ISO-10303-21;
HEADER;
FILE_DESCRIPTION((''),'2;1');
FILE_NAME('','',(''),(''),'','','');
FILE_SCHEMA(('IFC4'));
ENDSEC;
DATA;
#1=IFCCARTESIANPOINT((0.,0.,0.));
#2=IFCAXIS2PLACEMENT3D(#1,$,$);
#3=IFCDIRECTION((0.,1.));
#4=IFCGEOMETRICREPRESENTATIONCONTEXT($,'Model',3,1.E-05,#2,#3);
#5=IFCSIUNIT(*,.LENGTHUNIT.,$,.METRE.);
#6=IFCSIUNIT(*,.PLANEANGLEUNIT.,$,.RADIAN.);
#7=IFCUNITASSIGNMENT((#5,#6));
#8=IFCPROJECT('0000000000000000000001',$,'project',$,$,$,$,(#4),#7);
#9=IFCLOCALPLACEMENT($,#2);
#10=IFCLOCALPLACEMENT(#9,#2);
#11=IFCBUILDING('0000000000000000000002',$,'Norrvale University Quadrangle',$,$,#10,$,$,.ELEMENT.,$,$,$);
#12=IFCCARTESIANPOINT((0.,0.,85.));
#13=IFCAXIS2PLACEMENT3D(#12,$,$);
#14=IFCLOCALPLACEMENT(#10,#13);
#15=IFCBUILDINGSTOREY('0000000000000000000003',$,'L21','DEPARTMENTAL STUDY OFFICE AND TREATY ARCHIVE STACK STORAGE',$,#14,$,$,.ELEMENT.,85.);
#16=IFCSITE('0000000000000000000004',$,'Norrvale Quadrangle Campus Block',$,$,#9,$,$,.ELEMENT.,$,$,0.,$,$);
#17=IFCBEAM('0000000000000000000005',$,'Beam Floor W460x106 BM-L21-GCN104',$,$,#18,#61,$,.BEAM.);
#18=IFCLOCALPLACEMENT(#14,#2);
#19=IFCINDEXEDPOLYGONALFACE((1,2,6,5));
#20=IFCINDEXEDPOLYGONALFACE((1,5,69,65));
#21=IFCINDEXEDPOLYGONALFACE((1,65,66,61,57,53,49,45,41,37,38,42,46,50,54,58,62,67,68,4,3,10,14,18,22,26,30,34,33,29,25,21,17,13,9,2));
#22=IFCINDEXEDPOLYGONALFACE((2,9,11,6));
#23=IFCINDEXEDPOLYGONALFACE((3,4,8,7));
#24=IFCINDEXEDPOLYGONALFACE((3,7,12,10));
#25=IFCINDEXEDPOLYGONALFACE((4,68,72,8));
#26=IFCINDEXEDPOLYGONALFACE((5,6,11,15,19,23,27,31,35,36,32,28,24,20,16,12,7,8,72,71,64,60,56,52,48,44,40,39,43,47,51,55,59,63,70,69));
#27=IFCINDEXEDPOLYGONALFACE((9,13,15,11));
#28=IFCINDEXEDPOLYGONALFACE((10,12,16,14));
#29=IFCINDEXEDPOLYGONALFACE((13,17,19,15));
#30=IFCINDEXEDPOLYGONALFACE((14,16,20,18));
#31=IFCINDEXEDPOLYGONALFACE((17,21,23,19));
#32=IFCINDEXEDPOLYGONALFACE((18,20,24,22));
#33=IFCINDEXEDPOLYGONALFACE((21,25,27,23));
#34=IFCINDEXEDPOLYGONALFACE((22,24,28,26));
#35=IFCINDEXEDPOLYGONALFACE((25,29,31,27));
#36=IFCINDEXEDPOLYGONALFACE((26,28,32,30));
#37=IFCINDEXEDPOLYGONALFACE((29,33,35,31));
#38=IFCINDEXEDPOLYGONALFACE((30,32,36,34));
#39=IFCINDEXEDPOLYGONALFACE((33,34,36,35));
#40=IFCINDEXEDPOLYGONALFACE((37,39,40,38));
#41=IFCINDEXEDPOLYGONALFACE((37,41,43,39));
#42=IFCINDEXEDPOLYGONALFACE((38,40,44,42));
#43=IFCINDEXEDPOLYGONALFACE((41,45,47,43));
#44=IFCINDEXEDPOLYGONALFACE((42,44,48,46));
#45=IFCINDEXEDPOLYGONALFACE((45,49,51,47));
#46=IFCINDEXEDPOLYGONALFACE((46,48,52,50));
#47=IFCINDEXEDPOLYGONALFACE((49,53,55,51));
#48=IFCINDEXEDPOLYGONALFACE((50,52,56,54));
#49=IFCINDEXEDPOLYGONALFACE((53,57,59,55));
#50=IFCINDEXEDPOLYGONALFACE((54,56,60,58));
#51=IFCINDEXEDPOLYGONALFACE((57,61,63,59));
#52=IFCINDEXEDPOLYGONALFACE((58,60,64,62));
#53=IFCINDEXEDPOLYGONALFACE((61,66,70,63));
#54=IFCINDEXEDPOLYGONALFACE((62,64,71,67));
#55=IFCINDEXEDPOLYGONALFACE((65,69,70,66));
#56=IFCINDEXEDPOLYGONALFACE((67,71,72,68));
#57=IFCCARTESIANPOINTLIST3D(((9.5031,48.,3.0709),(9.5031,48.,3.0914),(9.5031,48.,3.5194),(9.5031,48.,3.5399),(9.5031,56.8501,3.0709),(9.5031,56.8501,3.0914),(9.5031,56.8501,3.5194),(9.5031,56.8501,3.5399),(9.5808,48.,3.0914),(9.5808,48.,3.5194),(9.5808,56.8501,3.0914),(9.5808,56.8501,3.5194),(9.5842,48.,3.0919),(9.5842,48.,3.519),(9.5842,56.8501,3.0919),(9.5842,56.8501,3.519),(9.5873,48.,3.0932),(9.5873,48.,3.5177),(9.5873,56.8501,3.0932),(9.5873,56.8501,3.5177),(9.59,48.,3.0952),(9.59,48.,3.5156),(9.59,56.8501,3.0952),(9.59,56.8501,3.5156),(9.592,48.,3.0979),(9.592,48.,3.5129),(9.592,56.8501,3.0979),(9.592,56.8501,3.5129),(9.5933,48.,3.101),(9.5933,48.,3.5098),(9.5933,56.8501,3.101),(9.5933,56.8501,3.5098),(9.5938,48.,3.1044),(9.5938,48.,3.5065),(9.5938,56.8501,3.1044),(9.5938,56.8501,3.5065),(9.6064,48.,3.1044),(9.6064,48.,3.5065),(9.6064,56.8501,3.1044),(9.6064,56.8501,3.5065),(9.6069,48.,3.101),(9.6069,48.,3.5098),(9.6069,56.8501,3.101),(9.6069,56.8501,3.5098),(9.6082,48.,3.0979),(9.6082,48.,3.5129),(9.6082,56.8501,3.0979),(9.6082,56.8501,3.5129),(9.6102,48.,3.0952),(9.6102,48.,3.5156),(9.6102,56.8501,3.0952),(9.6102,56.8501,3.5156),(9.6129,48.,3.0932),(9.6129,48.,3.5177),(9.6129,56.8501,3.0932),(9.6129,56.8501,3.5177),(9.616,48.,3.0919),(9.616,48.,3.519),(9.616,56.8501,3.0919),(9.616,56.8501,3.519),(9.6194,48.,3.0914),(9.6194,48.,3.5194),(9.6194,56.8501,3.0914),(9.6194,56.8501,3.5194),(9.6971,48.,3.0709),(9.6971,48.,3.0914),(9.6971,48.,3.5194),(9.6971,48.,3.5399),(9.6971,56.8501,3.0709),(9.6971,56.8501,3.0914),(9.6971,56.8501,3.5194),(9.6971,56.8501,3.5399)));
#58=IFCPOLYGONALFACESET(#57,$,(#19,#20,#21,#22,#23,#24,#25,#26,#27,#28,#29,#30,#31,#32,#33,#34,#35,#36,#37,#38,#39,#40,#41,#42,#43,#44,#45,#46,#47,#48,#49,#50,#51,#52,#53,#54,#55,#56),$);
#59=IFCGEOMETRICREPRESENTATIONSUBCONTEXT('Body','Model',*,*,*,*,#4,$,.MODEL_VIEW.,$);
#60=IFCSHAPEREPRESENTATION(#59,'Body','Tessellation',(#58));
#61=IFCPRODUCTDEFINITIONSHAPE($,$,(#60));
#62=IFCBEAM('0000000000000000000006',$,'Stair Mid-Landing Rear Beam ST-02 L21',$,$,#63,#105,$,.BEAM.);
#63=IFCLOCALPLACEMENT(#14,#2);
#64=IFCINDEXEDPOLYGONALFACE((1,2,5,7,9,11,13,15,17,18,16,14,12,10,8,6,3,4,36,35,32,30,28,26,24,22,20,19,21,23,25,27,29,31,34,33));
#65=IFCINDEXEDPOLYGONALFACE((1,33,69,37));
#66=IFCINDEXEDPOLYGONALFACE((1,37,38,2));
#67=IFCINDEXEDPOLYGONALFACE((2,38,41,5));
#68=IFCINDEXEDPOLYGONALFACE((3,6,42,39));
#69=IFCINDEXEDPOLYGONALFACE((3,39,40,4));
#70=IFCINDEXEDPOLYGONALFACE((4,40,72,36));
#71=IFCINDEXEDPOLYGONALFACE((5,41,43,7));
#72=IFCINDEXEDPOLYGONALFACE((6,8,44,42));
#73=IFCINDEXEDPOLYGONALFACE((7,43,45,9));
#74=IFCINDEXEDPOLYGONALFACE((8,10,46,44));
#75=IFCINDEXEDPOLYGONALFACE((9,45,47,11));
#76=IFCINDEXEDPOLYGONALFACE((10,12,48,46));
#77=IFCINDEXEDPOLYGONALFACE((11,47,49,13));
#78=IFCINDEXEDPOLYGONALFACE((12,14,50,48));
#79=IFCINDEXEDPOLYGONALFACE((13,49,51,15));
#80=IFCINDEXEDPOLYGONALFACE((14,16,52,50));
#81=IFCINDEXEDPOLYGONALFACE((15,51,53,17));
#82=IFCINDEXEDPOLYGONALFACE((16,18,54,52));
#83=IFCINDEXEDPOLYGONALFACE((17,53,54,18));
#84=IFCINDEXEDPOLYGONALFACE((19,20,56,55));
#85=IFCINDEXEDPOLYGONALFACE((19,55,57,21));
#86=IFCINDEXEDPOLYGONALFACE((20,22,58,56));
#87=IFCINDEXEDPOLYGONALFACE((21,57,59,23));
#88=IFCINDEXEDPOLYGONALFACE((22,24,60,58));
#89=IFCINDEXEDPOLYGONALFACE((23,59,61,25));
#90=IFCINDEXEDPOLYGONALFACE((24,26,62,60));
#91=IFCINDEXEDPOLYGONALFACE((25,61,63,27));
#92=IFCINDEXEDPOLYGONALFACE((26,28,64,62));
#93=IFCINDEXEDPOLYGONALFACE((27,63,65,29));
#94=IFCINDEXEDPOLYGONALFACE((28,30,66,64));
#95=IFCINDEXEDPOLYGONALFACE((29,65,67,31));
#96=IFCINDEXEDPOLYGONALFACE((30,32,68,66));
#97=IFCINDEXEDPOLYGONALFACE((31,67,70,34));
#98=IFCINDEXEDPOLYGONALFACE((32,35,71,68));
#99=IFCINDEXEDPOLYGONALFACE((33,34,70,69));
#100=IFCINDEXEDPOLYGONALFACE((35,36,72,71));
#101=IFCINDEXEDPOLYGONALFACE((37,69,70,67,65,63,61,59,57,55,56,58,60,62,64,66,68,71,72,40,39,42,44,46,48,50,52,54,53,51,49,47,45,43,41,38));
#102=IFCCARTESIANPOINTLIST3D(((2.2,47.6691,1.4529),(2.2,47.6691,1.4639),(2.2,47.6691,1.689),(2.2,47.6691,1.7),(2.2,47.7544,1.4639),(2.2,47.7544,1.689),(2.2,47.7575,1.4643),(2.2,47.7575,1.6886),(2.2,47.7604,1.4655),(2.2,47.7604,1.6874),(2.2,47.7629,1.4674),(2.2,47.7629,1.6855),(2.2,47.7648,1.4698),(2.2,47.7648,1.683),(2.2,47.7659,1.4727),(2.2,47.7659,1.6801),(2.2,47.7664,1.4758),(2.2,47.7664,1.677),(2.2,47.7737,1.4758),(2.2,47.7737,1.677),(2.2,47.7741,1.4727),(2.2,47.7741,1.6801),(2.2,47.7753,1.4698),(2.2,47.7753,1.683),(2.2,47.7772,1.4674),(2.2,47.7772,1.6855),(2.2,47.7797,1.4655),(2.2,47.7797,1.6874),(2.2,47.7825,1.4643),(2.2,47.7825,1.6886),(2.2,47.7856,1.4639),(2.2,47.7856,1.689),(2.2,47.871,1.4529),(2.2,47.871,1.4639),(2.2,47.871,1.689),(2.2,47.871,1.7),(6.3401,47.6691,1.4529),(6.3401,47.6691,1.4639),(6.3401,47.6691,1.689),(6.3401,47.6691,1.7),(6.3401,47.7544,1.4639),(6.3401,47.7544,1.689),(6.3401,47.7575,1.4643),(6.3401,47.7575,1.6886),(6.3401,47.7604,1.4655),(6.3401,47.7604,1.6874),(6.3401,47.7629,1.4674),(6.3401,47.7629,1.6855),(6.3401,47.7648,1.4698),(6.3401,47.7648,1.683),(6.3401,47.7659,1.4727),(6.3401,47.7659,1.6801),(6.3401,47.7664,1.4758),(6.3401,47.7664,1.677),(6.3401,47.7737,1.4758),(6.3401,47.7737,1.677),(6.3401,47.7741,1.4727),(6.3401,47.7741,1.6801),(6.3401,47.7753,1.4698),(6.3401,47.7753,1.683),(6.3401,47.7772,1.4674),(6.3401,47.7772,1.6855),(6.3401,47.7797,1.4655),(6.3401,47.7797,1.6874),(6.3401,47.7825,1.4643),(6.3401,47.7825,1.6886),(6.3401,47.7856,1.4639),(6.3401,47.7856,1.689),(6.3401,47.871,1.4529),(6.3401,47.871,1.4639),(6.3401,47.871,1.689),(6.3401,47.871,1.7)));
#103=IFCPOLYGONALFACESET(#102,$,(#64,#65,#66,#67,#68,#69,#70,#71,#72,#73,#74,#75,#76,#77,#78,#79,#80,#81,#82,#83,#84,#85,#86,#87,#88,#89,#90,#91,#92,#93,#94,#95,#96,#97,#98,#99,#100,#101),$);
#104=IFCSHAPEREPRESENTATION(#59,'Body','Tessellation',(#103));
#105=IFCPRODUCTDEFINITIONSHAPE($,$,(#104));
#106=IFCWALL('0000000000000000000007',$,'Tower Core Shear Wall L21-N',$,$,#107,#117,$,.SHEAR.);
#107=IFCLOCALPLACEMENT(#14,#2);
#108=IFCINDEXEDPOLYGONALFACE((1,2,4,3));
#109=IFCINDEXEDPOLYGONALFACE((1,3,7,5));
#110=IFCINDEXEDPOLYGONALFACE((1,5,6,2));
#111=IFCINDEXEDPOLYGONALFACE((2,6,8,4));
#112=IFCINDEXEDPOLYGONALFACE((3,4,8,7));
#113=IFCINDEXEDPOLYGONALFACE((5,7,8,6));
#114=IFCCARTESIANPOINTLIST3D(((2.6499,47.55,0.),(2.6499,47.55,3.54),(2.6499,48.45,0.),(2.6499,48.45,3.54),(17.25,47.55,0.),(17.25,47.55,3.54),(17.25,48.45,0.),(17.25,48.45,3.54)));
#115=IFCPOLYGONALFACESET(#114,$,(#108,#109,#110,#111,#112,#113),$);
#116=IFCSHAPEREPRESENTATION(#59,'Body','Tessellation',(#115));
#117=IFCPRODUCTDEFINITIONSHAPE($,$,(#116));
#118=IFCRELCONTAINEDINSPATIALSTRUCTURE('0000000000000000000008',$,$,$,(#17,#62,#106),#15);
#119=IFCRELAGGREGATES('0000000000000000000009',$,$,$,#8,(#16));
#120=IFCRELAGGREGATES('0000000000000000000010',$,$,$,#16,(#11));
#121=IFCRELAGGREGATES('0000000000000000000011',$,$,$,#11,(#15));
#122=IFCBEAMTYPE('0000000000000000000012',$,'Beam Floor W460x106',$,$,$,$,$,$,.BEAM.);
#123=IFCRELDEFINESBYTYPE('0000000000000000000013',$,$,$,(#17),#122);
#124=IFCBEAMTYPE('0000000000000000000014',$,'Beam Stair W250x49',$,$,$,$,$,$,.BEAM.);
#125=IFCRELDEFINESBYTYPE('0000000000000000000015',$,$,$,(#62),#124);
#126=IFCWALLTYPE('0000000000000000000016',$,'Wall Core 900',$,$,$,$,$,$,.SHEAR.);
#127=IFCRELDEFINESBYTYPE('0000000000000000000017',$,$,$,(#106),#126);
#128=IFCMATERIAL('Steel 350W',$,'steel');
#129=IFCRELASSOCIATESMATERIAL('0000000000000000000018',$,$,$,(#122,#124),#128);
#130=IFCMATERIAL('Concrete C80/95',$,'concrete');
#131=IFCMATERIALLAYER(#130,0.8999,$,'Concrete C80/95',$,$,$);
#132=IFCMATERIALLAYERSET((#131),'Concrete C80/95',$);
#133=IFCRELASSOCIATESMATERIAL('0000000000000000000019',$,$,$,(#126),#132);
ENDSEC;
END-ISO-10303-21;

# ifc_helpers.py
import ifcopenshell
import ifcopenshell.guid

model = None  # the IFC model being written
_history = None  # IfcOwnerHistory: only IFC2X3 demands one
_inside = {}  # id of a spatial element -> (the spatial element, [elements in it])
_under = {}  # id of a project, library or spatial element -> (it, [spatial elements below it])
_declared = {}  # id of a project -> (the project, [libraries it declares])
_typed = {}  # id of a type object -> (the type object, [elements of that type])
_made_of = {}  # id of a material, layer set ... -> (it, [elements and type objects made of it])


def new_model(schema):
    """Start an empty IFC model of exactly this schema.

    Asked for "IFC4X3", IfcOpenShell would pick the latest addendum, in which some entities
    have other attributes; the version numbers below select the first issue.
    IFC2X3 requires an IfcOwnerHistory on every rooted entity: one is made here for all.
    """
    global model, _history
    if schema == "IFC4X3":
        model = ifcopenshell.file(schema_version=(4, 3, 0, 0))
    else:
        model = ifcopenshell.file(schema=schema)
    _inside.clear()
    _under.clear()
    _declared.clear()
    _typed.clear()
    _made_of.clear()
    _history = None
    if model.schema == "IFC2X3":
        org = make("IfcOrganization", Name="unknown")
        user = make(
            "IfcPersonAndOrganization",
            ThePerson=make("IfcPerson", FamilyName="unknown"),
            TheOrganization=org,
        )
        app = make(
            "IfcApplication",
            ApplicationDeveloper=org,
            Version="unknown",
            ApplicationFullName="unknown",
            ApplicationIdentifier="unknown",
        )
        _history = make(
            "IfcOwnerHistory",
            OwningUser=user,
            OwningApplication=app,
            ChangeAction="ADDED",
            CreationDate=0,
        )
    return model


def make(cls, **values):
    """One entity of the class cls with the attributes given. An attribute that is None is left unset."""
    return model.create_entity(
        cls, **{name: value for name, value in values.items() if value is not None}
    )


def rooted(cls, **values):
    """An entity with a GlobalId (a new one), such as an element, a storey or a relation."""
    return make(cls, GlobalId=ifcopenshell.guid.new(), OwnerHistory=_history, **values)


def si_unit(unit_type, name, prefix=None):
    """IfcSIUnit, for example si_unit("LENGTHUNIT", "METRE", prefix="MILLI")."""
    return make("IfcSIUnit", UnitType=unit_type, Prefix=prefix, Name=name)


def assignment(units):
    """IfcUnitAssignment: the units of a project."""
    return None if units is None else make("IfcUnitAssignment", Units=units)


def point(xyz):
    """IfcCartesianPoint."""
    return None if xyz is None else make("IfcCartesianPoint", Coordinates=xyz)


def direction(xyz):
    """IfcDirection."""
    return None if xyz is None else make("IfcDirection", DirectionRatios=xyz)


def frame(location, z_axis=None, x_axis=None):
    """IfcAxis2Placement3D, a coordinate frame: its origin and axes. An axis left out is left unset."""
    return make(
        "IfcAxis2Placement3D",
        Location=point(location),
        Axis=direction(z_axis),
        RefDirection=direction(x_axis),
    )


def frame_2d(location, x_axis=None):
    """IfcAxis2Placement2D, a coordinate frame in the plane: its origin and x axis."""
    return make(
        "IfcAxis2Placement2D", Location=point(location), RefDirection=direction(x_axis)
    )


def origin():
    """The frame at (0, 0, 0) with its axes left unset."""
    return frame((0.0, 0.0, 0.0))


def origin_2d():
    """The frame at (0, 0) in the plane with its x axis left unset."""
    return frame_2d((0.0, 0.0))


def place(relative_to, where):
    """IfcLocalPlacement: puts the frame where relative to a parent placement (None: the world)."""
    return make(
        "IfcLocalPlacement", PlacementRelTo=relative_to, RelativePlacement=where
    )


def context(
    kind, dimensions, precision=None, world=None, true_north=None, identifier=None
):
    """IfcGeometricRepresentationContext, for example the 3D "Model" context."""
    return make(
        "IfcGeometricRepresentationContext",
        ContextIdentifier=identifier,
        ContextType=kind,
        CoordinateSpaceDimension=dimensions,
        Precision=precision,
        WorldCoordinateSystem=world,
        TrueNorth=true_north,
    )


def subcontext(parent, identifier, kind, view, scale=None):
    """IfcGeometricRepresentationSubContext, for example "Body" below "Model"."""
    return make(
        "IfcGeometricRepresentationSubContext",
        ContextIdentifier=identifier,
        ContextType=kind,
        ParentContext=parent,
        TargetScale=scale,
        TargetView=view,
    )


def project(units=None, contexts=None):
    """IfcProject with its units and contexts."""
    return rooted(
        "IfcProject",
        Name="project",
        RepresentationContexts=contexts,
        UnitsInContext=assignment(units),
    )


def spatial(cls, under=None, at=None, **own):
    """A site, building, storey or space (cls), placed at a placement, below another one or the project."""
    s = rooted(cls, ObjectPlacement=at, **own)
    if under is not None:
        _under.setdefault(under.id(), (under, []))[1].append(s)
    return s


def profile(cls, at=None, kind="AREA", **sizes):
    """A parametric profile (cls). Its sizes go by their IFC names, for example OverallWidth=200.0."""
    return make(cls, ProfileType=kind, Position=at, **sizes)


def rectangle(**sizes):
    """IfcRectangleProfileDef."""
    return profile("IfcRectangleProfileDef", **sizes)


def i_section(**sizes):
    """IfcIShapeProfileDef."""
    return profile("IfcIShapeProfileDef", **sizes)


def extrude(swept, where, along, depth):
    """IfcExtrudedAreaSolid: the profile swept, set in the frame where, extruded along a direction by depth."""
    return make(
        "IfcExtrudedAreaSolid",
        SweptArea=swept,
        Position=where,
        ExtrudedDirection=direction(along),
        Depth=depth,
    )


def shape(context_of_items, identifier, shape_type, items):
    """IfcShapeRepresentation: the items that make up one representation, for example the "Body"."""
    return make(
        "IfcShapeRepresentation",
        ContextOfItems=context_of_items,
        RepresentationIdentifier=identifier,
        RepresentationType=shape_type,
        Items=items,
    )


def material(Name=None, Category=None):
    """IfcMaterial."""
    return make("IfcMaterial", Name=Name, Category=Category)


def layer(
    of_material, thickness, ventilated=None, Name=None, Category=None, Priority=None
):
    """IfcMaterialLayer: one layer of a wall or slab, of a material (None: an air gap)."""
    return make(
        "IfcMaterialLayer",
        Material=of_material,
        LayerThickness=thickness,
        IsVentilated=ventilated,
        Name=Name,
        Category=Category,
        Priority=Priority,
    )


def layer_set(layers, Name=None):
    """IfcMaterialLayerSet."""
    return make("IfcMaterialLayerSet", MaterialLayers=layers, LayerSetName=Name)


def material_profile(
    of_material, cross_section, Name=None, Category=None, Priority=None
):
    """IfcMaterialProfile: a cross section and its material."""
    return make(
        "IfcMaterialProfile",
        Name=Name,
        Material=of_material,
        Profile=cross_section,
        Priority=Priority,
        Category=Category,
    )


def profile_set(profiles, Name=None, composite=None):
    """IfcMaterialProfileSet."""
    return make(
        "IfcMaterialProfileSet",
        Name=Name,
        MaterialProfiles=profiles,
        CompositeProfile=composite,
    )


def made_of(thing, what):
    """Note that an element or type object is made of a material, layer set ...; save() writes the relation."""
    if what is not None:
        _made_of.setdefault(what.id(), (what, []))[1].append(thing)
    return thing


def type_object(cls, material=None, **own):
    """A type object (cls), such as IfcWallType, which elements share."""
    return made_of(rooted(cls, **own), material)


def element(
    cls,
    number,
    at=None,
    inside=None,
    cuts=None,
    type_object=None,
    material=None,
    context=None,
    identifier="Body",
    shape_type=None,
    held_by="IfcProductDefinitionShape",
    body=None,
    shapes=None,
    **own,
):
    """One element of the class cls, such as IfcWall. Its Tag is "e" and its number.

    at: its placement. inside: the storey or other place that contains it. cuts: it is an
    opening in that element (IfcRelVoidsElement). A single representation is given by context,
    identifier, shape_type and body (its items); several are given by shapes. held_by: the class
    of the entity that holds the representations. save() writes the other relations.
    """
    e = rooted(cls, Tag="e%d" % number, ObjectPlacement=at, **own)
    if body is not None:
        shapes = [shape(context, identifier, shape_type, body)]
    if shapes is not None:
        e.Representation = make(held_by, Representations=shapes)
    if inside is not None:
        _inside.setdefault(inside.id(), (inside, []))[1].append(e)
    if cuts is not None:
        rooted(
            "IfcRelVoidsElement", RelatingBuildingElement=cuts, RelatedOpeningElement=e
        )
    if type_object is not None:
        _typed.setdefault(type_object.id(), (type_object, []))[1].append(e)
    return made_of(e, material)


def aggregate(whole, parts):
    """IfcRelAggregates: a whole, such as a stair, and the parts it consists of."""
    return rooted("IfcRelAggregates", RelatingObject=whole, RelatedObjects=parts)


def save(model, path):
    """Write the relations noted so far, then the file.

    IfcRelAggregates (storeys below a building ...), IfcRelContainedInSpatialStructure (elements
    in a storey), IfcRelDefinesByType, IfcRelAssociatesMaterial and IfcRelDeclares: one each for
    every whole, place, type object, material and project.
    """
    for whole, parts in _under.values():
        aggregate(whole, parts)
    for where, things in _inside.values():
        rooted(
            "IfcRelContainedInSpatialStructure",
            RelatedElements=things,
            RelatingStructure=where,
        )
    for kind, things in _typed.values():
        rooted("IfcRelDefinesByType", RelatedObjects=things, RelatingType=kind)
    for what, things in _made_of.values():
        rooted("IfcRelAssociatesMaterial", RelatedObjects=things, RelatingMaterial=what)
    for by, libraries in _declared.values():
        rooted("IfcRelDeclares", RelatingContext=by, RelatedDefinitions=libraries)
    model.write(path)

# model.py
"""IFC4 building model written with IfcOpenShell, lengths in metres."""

from ifc_helpers import new_model, si_unit, direction, frame, frame_2d, origin, origin_2d, place, context, subcontext, project, spatial, rectangle, i_section, extrude, material, layer, layer_set, material_profile, profile_set, type_object, element, save


model = new_model("IFC4")

# Units and contexts
model_context = context("Model", 3, precision=1e-05, world=origin(), true_north=direction((0.0, 1.0)))
body_context = subcontext(model_context, "Body", "Model", "MODEL_VIEW")
ifc_project = project(units=[si_unit("LENGTHUNIT", "METRE"), si_unit("PLANEANGLEUNIT", "RADIAN")], contexts=[model_context])

# Site, building, storey
site_placement = place(None, origin())
site = spatial("IfcSite", under=ifc_project, at=site_placement, Name="Norrvale Quadrangle Campus Block", CompositionType="ELEMENT", RefElevation=0.0)
building_placement = place(site_placement, origin())
building = spatial("IfcBuilding", under=site, at=building_placement, Name="Norrvale University Quadrangle", CompositionType="ELEMENT")
storey_placement = place(building_placement, frame((0.0, 0.0, 85.0)))
storey = spatial("IfcBuildingStorey", under=building, at=storey_placement, Name="L21", Description="DEPARTMENTAL STUDY OFFICE AND TREATY ARCHIVE STACK STORAGE", CompositionType="ELEMENT", Elevation=85.0)

# Shared definitions
ifc_material_1 = material(Name="Concrete C80/95", Category="concrete")

# Beams
ifc_material_2 = material(Name="Steel 350W", Category="steel")
ifc_material_profile_1 = material_profile(ifc_material_2, i_section(OverallWidth=0.1941, OverallDepth=0.469, WebThickness=0.0127, FlangeThickness=0.0205, FilletRadius=0.0129, at=origin_2d()), Name="Steel 350W")
ifc_profile_set_1 = profile_set([ifc_material_profile_1], Name="Steel 350W")
beam_type_1 = type_object("IfcBeamType", Name="Beam Floor W460x106", PredefinedType="BEAM", material=ifc_profile_set_1)
beam_1_placement = place(storey_placement, frame((9.6001, 48.0, 3.3054), z_axis=(0.0, 1.0, 0.0), x_axis=(-1.0, 0.0, 0.0)))
element("IfcBeam", 1, at=beam_1_placement, inside=storey, type_object=beam_type_1, Name="Beam Floor W460x106 BM-L21-GCN104", PredefinedType="BEAM", context=body_context, shape_type="SweptSolid", body=[
    extrude(i_section(OverallWidth=0.1941, OverallDepth=0.469, WebThickness=0.0127, FlangeThickness=0.0205, FilletRadius=0.0129, at=origin_2d()), origin(), (0.0, 0.0, 1.0), 8.8501),
])
ifc_material_profile_2 = material_profile(ifc_material_2, i_section(OverallWidth=0.2019, OverallDepth=0.2471, WebThickness=0.0073, FlangeThickness=0.011, FilletRadius=0.012, at=origin_2d()), Name="Steel 350W")
ifc_profile_set_2 = profile_set([ifc_material_profile_2], Name="Steel 350W")
beam_type_2 = type_object("IfcBeamType", Name="Beam Stair W250x49", PredefinedType="BEAM", material=ifc_profile_set_2)
beam_2_placement = place(storey_placement, frame((2.2, 47.77, 1.5764), z_axis=(1.0, 0.0, 0.0), x_axis=(0.0, 1.0, 0.0)))
element("IfcBeam", 2, at=beam_2_placement, inside=storey, type_object=beam_type_2, Name="Stair Mid-Landing Rear Beam ST-02 L21", PredefinedType="BEAM", context=body_context, shape_type="SweptSolid", body=[
    extrude(i_section(OverallWidth=0.2019, OverallDepth=0.2471, WebThickness=0.0073, FlangeThickness=0.011, FilletRadius=0.012, at=origin_2d()), origin(), (0.0, 0.0, 1.0), 4.1401),
])

# Wall
ifc_layer_1 = layer(ifc_material_1, 0.8999, Name="Concrete C80/95")
ifc_layer_set_1 = layer_set([ifc_layer_1], Name="Concrete C80/95")
wall_type_1 = type_object("IfcWallType", Name="Wall Core 900", PredefinedType="SHEAR", material=ifc_layer_set_1)
wall_1_placement = place(storey_placement, frame((2.6499, 48.0, 0.0), z_axis=(0.0, 0.0, 1.0), x_axis=(1.0, 0.0, 0.0)))
element("IfcWall", 3, at=wall_1_placement, inside=storey, type_object=wall_type_1, Name="Tower Core Shear Wall L21-N", PredefinedType="SHEAR", context=body_context, shape_type="SweptSolid", body=[
    extrude(rectangle(XDim=14.6001, YDim=0.8999, at=frame_2d((7.3, 0.0))), origin(), (0.0, 0.0, 1.0), 3.54),
])

save(model, "model.ifc")
